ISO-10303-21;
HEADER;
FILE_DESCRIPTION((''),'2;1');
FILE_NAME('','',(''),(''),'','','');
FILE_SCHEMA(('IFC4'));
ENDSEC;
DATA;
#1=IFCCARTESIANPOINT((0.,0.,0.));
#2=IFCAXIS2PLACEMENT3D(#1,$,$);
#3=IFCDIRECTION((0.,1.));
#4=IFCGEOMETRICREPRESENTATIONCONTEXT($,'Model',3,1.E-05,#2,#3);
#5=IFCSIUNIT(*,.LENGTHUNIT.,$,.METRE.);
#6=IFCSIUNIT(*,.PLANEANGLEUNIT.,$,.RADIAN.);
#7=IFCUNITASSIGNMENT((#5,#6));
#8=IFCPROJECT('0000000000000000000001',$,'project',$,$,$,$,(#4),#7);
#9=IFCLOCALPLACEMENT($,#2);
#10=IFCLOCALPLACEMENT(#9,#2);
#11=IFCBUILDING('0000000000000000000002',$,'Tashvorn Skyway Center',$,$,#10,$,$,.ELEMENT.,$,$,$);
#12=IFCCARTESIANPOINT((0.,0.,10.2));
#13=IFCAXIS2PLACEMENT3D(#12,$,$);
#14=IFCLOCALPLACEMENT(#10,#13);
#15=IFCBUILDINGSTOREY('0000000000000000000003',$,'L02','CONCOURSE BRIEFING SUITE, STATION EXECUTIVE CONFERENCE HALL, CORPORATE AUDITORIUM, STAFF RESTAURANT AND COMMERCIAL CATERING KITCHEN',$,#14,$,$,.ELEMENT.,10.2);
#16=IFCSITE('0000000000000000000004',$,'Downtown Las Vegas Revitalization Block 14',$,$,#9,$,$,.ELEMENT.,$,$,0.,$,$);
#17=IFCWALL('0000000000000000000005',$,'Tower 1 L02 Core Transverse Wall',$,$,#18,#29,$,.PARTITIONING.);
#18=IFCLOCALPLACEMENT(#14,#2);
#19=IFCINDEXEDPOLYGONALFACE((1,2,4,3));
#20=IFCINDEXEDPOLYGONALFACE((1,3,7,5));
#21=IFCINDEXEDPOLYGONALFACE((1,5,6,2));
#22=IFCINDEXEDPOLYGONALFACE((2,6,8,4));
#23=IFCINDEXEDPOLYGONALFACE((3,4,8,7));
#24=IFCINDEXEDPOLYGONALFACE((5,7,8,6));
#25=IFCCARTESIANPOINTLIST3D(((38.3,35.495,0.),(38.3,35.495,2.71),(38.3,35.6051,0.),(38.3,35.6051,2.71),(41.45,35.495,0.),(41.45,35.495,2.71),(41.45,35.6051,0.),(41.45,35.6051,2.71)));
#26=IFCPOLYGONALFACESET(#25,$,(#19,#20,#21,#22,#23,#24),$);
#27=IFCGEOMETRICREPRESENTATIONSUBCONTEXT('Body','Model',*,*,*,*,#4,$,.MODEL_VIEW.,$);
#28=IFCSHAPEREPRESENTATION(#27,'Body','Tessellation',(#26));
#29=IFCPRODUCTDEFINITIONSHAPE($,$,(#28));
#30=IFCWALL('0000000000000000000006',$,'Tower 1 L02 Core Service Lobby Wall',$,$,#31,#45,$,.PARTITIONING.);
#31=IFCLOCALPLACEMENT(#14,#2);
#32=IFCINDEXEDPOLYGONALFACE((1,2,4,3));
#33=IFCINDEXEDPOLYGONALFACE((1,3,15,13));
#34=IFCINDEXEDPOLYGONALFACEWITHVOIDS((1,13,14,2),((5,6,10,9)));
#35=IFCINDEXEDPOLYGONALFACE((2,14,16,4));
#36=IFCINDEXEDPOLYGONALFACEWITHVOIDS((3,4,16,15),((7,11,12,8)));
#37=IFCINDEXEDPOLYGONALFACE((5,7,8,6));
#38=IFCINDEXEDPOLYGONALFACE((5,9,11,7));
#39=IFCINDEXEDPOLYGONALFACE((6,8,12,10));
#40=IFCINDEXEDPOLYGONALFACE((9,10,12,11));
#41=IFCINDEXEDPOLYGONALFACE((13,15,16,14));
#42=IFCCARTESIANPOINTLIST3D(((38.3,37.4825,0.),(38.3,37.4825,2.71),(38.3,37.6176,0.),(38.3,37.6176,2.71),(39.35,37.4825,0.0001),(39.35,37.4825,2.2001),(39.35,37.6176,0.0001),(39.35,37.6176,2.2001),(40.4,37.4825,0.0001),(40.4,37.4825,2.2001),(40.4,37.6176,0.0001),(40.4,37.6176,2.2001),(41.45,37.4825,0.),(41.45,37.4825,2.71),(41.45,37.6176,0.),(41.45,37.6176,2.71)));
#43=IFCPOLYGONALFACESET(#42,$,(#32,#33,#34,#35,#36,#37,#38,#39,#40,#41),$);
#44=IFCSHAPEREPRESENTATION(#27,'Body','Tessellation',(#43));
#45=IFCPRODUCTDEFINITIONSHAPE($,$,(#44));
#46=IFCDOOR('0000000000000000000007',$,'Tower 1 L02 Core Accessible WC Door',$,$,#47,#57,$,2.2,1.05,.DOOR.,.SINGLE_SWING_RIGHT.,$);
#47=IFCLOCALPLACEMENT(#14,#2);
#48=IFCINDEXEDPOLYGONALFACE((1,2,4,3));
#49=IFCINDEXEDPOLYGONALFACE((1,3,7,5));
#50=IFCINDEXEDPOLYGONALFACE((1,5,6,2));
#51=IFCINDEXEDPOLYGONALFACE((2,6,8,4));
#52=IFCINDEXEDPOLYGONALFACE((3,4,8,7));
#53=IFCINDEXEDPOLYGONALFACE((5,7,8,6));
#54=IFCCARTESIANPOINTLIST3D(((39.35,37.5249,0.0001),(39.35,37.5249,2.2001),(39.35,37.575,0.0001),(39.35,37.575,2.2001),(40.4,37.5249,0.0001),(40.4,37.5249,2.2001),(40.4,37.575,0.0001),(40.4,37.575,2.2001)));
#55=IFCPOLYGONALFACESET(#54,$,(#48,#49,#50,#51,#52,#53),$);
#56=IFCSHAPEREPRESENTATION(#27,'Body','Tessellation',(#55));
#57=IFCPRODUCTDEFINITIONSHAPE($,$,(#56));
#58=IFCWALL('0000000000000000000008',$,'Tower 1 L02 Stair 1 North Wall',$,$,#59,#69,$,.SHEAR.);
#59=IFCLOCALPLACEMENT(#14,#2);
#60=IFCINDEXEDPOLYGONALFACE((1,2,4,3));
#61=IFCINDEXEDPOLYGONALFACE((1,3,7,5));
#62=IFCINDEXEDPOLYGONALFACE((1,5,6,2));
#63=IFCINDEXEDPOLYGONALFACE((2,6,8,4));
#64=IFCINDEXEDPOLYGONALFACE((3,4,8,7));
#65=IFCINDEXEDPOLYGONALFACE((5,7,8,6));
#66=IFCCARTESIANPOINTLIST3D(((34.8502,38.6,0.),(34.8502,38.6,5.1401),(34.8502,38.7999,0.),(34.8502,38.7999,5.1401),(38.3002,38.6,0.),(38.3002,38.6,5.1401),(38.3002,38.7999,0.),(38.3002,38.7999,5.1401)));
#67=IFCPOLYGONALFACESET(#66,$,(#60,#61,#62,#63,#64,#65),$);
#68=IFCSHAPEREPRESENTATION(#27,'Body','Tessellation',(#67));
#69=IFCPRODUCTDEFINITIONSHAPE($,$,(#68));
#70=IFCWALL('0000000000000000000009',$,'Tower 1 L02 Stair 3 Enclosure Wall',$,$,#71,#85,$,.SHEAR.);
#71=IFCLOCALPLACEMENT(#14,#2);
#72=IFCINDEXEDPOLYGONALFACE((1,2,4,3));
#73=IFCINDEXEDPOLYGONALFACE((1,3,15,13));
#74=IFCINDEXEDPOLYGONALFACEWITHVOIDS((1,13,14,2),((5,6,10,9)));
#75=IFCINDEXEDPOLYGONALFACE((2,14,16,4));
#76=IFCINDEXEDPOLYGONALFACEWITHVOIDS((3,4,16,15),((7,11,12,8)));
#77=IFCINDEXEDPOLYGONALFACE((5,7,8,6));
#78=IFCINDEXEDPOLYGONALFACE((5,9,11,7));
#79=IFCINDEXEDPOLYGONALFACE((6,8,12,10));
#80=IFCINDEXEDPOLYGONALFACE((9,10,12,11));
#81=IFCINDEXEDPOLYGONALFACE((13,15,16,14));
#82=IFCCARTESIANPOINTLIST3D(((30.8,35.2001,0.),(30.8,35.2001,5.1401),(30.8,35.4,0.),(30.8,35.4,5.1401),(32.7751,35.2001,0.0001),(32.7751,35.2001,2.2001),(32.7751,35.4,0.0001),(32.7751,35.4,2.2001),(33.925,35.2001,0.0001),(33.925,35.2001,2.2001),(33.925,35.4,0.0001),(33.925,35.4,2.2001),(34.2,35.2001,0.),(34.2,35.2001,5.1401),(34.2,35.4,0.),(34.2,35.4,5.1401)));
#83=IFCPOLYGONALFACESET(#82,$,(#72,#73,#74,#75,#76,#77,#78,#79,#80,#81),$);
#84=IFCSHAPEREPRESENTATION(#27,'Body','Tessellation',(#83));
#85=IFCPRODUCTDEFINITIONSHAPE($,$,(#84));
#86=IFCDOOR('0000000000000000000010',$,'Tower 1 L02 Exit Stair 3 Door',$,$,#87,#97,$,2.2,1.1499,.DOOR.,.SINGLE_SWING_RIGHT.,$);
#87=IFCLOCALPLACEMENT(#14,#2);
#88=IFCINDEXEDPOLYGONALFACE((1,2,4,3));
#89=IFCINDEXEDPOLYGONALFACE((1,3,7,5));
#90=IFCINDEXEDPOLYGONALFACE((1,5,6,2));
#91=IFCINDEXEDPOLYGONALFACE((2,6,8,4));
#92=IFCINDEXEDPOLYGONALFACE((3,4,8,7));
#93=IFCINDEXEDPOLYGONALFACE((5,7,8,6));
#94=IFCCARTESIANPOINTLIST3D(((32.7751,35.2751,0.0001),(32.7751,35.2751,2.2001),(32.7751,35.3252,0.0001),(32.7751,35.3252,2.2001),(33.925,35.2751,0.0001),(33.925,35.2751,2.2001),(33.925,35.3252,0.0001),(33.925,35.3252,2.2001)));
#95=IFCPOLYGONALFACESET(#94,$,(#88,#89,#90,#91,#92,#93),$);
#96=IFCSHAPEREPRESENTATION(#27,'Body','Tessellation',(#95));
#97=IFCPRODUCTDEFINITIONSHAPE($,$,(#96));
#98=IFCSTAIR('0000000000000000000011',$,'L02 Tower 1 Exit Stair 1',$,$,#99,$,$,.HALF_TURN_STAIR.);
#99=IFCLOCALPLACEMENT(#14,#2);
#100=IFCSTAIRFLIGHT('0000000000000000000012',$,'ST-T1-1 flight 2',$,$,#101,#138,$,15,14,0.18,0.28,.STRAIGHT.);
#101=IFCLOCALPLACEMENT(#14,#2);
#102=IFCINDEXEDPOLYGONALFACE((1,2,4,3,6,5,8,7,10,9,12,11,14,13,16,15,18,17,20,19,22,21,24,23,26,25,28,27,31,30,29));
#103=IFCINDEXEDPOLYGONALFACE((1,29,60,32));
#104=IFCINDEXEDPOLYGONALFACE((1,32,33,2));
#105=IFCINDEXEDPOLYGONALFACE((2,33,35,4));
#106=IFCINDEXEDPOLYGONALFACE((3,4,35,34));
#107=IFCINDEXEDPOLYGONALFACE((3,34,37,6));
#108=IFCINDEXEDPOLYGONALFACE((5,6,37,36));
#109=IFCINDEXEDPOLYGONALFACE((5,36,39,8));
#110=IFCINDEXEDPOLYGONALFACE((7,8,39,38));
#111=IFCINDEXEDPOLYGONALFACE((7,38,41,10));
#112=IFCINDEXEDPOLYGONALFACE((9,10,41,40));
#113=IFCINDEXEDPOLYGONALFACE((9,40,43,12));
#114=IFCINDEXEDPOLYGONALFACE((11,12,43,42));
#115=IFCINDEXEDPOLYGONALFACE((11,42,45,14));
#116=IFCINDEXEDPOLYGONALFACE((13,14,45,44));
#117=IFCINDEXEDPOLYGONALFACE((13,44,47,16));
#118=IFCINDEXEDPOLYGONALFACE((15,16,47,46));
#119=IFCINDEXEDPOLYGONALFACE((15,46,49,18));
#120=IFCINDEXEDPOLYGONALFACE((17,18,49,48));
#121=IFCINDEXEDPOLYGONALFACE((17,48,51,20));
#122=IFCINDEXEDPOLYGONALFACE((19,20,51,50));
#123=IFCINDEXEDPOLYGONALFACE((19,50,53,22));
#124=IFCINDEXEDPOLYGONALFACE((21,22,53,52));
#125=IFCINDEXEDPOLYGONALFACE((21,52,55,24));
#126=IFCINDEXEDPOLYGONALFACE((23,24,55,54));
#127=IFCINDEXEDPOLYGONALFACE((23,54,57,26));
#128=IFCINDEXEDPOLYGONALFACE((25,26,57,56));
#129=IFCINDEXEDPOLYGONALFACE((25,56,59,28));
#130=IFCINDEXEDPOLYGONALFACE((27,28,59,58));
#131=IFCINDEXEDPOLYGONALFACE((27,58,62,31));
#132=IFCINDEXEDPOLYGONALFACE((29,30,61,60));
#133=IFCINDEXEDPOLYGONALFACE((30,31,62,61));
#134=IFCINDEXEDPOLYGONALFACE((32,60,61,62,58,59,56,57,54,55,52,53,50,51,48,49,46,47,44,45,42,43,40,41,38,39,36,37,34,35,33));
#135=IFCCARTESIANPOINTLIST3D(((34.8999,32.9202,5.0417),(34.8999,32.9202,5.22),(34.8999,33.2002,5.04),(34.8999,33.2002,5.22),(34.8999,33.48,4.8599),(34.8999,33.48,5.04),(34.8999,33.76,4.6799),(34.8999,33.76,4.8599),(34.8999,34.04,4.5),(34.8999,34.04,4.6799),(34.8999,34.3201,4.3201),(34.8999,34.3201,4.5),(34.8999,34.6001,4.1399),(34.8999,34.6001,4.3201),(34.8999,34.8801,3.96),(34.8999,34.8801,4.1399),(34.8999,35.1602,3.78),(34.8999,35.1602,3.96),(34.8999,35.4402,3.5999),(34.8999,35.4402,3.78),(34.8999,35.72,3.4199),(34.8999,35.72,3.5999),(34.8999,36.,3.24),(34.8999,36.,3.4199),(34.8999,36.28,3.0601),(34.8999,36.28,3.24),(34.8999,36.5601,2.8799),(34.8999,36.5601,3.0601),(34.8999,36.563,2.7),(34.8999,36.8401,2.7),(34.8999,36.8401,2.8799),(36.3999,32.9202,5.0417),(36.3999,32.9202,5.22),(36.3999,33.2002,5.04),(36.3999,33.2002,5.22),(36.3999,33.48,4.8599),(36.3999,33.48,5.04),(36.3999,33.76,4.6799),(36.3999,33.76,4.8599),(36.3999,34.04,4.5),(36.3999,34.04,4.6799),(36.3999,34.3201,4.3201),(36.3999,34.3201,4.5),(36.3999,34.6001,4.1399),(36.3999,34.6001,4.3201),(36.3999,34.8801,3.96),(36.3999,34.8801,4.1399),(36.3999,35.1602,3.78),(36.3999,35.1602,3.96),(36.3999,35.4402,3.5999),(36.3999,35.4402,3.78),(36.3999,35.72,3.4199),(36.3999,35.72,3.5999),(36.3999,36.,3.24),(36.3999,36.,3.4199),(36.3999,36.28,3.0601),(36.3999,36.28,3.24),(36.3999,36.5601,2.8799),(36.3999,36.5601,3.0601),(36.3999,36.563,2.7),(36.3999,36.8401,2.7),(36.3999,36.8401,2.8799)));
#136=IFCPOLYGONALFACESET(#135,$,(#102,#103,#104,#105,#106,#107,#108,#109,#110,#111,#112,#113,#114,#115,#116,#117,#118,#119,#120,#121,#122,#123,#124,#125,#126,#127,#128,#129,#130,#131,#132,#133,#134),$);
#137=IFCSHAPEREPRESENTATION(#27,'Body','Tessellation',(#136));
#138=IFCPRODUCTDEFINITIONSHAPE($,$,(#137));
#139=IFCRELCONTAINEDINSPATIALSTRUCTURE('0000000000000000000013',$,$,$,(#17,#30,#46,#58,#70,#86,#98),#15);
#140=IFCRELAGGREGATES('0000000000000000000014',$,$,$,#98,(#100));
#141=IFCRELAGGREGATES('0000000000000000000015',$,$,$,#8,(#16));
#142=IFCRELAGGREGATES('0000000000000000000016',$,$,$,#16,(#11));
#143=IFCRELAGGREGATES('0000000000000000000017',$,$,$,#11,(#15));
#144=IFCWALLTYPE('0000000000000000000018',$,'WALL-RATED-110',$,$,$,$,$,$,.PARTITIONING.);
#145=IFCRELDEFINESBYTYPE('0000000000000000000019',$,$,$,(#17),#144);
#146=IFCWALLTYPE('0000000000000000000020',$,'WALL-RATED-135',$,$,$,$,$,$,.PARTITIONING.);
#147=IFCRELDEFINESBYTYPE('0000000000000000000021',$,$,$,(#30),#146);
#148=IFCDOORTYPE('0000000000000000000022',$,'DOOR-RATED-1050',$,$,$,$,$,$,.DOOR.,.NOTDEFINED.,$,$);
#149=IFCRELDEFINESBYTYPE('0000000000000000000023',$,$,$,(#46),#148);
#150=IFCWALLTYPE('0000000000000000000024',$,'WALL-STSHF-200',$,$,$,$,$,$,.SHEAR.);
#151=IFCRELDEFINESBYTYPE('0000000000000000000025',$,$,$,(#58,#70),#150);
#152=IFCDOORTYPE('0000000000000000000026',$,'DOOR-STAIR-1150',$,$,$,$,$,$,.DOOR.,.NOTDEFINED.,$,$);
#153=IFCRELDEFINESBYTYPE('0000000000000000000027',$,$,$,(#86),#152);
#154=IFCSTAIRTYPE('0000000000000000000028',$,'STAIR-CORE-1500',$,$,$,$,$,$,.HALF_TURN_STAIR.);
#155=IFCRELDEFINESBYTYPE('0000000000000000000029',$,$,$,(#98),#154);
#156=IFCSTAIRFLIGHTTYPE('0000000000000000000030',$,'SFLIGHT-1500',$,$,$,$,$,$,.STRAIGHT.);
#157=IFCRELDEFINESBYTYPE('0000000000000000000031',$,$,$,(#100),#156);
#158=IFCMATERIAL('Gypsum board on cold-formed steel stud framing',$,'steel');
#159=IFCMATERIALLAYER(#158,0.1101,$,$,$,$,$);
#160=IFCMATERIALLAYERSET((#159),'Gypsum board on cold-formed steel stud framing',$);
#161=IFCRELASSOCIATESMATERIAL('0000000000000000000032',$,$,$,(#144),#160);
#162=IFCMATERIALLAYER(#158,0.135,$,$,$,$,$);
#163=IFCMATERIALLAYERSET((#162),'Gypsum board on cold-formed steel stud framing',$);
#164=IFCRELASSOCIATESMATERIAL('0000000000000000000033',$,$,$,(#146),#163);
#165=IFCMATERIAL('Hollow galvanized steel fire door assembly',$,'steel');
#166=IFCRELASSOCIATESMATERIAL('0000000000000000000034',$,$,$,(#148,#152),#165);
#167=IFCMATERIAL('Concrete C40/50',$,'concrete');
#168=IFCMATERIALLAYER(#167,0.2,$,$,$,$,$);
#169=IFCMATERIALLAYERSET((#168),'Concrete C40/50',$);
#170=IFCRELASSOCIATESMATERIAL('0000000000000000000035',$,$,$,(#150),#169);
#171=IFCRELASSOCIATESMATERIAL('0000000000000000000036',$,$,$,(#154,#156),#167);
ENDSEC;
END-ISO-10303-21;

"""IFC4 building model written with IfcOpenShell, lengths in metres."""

from ifc_helpers import new_model, si_unit, direction, frame, frame_2d, origin, place, context, subcontext, project, spatial, polyline, rectangle, outline, extrude, material, layer, layer_set, type_object, element, fill, aggregate, save


model = new_model("IFC4")

# Units and contexts
model_context = context("Model", 3, precision=1e-05, world=origin(), true_north=direction((0.0, 1.0)))
body_context = subcontext(model_context, "Body", "Model", "MODEL_VIEW")
ifc_project = project(units=[si_unit("LENGTHUNIT", "METRE"), si_unit("PLANEANGLEUNIT", "RADIAN")], contexts=[model_context])

# Site, building, storey
site_placement = place(None, origin())
site = spatial("IfcSite", under=ifc_project, at=site_placement, Name="Downtown Las Vegas Revitalization Block 14", CompositionType="ELEMENT", RefElevation=0.0)
building_placement = place(site_placement, origin())
building = spatial("IfcBuilding", under=site, at=building_placement, Name="Tashvorn Skyway Center", CompositionType="ELEMENT")
storey_placement = place(building_placement, frame((0.0, 0.0, 10.2)))
storey = spatial("IfcBuildingStorey", under=building, at=storey_placement, Name="L02", Description="CONCOURSE BRIEFING SUITE, STATION EXECUTIVE CONFERENCE HALL, CORPORATE AUDITORIUM, STAFF RESTAURANT AND COMMERCIAL CATERING KITCHEN", CompositionType="ELEMENT", Elevation=10.2)

# Shared definitions
ifc_material_1 = material(Name="Hollow galvanized steel fire door assembly", Category="steel")

# Wall
ifc_material_2 = material(Name="Gypsum board on cold-formed steel stud framing", Category="steel")
ifc_layer_1 = layer(ifc_material_2, 0.1101)
ifc_layer_set_1 = layer_set([ifc_layer_1], Name="Gypsum board on cold-formed steel stud framing")
wall_type_1 = type_object("IfcWallType", Name="WALL-RATED-110", PredefinedType="PARTITIONING", material=ifc_layer_set_1)
wall_1_placement = place(storey_placement, frame((38.3, 35.55, 0.0), z_axis=(0.0, 0.0, 1.0), x_axis=(1.0, 0.0, 0.0)))
element("IfcWall", 1, at=wall_1_placement, inside=storey, type_object=wall_type_1, Name="Tower 1 L02 Core Transverse Wall", PredefinedType="PARTITIONING", context=body_context, shape_type="SweptSolid", body=[
    extrude(rectangle(XDim=3.1499, YDim=0.1101, at=frame_2d((1.575, 0.0))), origin(), (0.0, 0.0, 1.0), 2.71),
])

# Wall, opening, door
ifc_layer_2 = layer(ifc_material_2, 0.135)
ifc_layer_set_2 = layer_set([ifc_layer_2], Name="Gypsum board on cold-formed steel stud framing")
wall_type_2 = type_object("IfcWallType", Name="WALL-RATED-135", PredefinedType="PARTITIONING", material=ifc_layer_set_2)
wall_2_placement = place(storey_placement, frame((38.3, 37.55, 0.0), z_axis=(0.0, 0.0, 1.0), x_axis=(1.0, 0.0, 0.0)))
wall_2 = element("IfcWall", 2, at=wall_2_placement, inside=storey, type_object=wall_type_2, Name="Tower 1 L02 Core Service Lobby Wall", PredefinedType="PARTITIONING", context=body_context, shape_type="SweptSolid", body=[
    extrude(rectangle(XDim=3.1499, YDim=0.135, at=frame_2d((1.575, 0.0))), origin(), (0.0, 0.0, 1.0), 2.71),
])
opening_1_placement = place(wall_2_placement, frame((1.05, 0.0, 0.0)))
opening_1 = element("IfcOpeningElement", 3, at=opening_1_placement, cuts=wall_2, PredefinedType="OPENING", context=body_context, shape_type="SweptSolid", body=[
    extrude(rectangle(XDim=1.05, YDim=2.2, at=frame_2d((0.5249, 1.1001))), frame((0.0, 0.0774, 0.0), z_axis=(0.0, -1.0, 0.0), x_axis=(1.0, 0.0, 0.0)), (0.0, 0.0, 1.0), 0.155),
])
door_type_1 = type_object("IfcDoorType", Name="DOOR-RATED-1050", OperationType="NOTDEFINED", PredefinedType="DOOR", material=ifc_material_1)
door_1_placement = place(opening_1_placement, origin())
door_1 = element("IfcDoor", 4, at=door_1_placement, inside=storey, type_object=door_type_1, Name="Tower 1 L02 Core Accessible WC Door", OperationType="SINGLE_SWING_RIGHT", OverallHeight=2.2, OverallWidth=1.05, PredefinedType="DOOR", context=body_context, shape_type="SweptSolid", body=[
    extrude(rectangle(XDim=1.05, YDim=2.2, at=frame_2d((0.5249, 1.1001))), frame((0.0, 0.0249, 0.0), z_axis=(0.0, -1.0, 0.0), x_axis=(1.0, 0.0, 0.0)), (0.0, 0.0, 1.0), 0.05),
])
fill(opening_1, door_1)

# Wall
ifc_material_3 = material(Name="Concrete C40/50", Category="concrete")
ifc_layer_3 = layer(ifc_material_3, 0.2)
ifc_layer_set_3 = layer_set([ifc_layer_3], Name="Concrete C40/50")
wall_type_3 = type_object("IfcWallType", Name="WALL-STSHF-200", PredefinedType="SHEAR", material=ifc_layer_set_3)
wall_3_placement = place(storey_placement, frame((34.8501, 38.7, 0.0), z_axis=(0.0, 0.0, 1.0), x_axis=(1.0, 0.0, 0.0)))
element("IfcWall", 5, at=wall_3_placement, inside=storey, type_object=wall_type_3, Name="Tower 1 L02 Stair 1 North Wall", PredefinedType="SHEAR", context=body_context, shape_type="SweptSolid", body=[
    extrude(rectangle(XDim=3.45, YDim=0.2, at=frame_2d((1.7251, 0.0))), origin(), (0.0, 0.0, 1.0), 5.1401),
])

# Wall, opening, door
wall_4_placement = place(storey_placement, frame((34.2, 35.3, 0.0), z_axis=(0.0, 0.0, 1.0), x_axis=(-1.0, 0.0, 0.0)))
wall_4 = element("IfcWall", 6, at=wall_4_placement, inside=storey, type_object=wall_type_3, Name="Tower 1 L02 Stair 3 Enclosure Wall", PredefinedType="SHEAR", context=body_context, shape_type="SweptSolid", body=[
    extrude(rectangle(XDim=3.3999, YDim=0.2, at=frame_2d((1.7, 0.0))), origin(), (0.0, 0.0, 1.0), 5.1401),
])
opening_2_placement = place(wall_4_placement, frame((0.2749, 0.0, 0.0)))
opening_2 = element("IfcOpeningElement", 7, at=opening_2_placement, cuts=wall_4, PredefinedType="OPENING", context=body_context, shape_type="SweptSolid", body=[
    extrude(rectangle(XDim=1.1499, YDim=2.2, at=frame_2d((0.575, 1.1001))), frame((0.0, 0.1099, 0.0), z_axis=(0.0, -1.0, 0.0), x_axis=(1.0, 0.0, 0.0)), (0.0, 0.0, 1.0), 0.22),
])
door_type_2 = type_object("IfcDoorType", Name="DOOR-STAIR-1150", OperationType="NOTDEFINED", PredefinedType="DOOR", material=ifc_material_1)
door_2_placement = place(opening_2_placement, origin())
door_2 = element("IfcDoor", 8, at=door_2_placement, inside=storey, type_object=door_type_2, Name="Tower 1 L02 Exit Stair 3 Door", OperationType="SINGLE_SWING_RIGHT", OverallHeight=2.2, OverallWidth=1.1499, PredefinedType="DOOR", context=body_context, shape_type="SweptSolid", body=[
    extrude(rectangle(XDim=1.1499, YDim=2.2, at=frame_2d((0.575, 1.1001))), frame((0.0, 0.0249, 0.0), z_axis=(0.0, -1.0, 0.0), x_axis=(1.0, 0.0, 0.0)), (0.0, 0.0, 1.0), 0.05),
])
fill(opening_2, door_2)

# Stair, stair flight
stair_type = type_object("IfcStairType", Name="STAIR-CORE-1500", PredefinedType="HALF_TURN_STAIR", material=ifc_material_3)
stair_placement = place(storey_placement, origin())
stair = element("IfcStair", 9, at=stair_placement, inside=storey, type_object=stair_type, Name="L02 Tower 1 Exit Stair 1", PredefinedType="HALF_TURN_STAIR")
stair_flight_type = type_object("IfcStairFlightType", Name="SFLIGHT-1500", PredefinedType="STRAIGHT", material=ifc_material_3)
stair_flight_placement = place(storey_placement, frame((35.6499, 36.8401, 2.7), z_axis=(0.0, 0.0, 1.0), x_axis=(0.0, -1.0, 0.0)))
stair_flight = element("IfcStairFlight", 10, at=stair_flight_placement, type_object=stair_flight_type, Name="ST-T1-1 flight 2", NumberOfRisers=15, NumberOfTreads=14, PredefinedType="STRAIGHT", RiserHeight=0.18, TreadLength=0.28, context=body_context, shape_type="SweptSolid", body=[
    extrude(outline(polyline([(0.0, 0.0), (0.0, 0.1799), (0.28, 0.1799), (0.28, 0.3601), (0.5601, 0.3601), (0.5601, 0.54), (0.8401, 0.54), (0.8401, 0.72), (1.1201, 0.72), (1.1201, 0.8999), (1.3999, 0.8999), (1.3999, 1.0801), (1.6799, 1.0801), (1.6799, 1.26), (1.96, 1.26), (1.96, 1.4399), (2.24, 1.4399), (2.24, 1.6201), (2.52, 1.6201), (2.52, 1.8), (2.8, 1.8), (2.8, 1.98), (3.0801, 1.98), (3.0801, 2.1599), (3.3601, 2.1599), (3.3601, 2.3401), (3.6399, 2.3401), (3.6399, 2.52), (3.9199, 2.52), (3.9199, 2.7), (3.9199, 2.3418), (0.2771, 0.0), (0.0, 0.0)])), frame((0.0, 0.75, 0.0), z_axis=(0.0, -1.0, 0.0), x_axis=(1.0, 0.0, 0.0)), (0.0, 0.0, 1.0), 1.5),
])
aggregate(stair, [stair_flight])

save(model, "model.ifc")
